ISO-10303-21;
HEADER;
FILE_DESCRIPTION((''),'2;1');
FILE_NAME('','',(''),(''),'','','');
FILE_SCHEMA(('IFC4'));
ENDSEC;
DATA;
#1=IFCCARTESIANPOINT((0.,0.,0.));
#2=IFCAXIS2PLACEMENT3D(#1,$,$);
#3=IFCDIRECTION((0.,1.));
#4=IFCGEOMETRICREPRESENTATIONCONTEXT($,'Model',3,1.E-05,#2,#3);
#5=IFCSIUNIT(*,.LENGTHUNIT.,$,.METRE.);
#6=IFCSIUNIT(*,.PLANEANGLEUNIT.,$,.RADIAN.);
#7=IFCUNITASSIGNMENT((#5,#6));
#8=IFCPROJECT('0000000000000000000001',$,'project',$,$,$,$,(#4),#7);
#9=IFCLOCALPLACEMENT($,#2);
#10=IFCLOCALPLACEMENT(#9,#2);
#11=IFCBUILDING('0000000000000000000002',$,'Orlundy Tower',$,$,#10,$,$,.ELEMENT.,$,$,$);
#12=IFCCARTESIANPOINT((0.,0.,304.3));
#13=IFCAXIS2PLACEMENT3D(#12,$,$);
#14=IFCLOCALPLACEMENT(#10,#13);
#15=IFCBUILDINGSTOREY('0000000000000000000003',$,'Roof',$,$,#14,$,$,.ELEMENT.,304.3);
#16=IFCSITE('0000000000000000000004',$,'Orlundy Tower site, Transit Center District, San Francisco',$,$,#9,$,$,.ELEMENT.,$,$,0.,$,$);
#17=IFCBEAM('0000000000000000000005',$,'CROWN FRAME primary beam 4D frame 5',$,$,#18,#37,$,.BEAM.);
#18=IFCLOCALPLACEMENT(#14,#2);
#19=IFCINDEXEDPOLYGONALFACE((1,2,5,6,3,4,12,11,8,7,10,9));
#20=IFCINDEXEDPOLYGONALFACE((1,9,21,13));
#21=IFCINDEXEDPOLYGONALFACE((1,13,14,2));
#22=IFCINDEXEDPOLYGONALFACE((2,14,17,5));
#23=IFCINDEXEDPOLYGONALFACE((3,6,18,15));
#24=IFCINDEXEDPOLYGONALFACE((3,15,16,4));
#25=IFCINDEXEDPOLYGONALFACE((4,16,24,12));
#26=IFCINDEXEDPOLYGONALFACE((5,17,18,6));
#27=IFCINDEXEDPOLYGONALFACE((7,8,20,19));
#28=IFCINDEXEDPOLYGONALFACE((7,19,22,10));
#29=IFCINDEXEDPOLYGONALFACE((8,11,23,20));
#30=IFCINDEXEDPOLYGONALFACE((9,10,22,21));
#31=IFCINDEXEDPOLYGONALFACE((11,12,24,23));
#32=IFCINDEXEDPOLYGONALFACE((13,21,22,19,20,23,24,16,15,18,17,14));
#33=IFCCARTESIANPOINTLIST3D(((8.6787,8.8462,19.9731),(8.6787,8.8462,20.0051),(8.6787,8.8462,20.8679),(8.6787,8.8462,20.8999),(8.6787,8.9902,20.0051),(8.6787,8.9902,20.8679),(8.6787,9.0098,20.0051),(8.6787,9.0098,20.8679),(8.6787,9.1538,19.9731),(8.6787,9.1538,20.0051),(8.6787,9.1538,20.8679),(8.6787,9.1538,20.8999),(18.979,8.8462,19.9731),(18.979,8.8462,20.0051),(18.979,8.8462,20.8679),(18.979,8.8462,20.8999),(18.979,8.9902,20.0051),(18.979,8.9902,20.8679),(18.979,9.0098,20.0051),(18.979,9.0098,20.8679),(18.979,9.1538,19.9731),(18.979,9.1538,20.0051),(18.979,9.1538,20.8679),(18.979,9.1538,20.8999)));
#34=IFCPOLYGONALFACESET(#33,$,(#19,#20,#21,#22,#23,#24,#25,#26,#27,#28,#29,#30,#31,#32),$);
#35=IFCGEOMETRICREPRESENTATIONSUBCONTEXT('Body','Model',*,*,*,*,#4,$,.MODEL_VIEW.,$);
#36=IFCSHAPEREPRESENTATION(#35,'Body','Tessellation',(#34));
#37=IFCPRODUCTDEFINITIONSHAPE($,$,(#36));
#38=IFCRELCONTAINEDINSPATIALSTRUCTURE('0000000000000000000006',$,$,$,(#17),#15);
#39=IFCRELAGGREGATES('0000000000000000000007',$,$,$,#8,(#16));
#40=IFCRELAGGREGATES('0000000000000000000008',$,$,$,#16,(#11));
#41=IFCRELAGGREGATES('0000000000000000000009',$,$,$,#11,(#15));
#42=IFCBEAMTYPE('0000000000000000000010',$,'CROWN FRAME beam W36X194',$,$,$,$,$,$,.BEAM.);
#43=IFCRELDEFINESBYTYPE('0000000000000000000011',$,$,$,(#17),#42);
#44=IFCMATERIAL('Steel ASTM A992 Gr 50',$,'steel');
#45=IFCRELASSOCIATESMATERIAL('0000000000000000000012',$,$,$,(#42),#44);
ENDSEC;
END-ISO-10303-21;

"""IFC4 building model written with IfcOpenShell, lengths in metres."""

from ifc_helpers import new_model, si_unit, direction, frame, origin, origin_2d, place, context, subcontext, project, spatial, i_section, extrude, material, material_profile, profile_set, type_object, element, save


model = new_model("IFC4")

# Units and contexts
model_context = context("Model", 3, precision=1e-05, world=origin(), true_north=direction((0.0, 1.0)))
body_context = subcontext(model_context, "Body", "Model", "MODEL_VIEW")
ifc_project = project(units=[si_unit("LENGTHUNIT", "METRE"), si_unit("PLANEANGLEUNIT", "RADIAN")], contexts=[model_context])

# Site, building, storey
site_placement = place(None, origin())
site = spatial("IfcSite", under=ifc_project, at=site_placement, Name="Orlundy Tower site, Transit Center District, San Francisco", CompositionType="ELEMENT", RefElevation=0.0)
building_placement = place(site_placement, origin())
building = spatial("IfcBuilding", under=site, at=building_placement, Name="Orlundy Tower", CompositionType="ELEMENT")
storey_placement = place(building_placement, frame((0.0, 0.0, 304.3)))
storey = spatial("IfcBuildingStorey", under=building, at=storey_placement, Name="Roof", CompositionType="ELEMENT", Elevation=304.3)

# Beam
ifc_material_1 = material(Name="Steel ASTM A992 Gr 50", Category="steel")
ifc_material_profile_1 = material_profile(ifc_material_1, i_section(OverallWidth=0.3076, OverallDepth=0.9268, WebThickness=0.0195, FlangeThickness=0.032, at=origin_2d()), Name="W36X194")
ifc_profile_set_1 = profile_set([ifc_material_profile_1], Name="Steel ASTM A992 Gr 50")
beam_type_1 = type_object("IfcBeamType", Name="CROWN FRAME beam W36X194", PredefinedType="BEAM", material=ifc_profile_set_1)
beam_1_placement = place(storey_placement, frame((8.6787, 9.0, 20.4365), z_axis=(1.0, 0.0, 0.0), x_axis=(0.0, 1.0, 0.0)))
element("IfcBeam", 1, at=beam_1_placement, inside=storey, type_object=beam_type_1, Name="CROWN FRAME primary beam 4D frame 5", PredefinedType="BEAM", context=body_context, shape_type="SweptSolid", body=[
    extrude(i_section(OverallWidth=0.3076, OverallDepth=0.9268, WebThickness=0.0195, FlangeThickness=0.032, at=origin_2d()), origin(), (0.0, 0.0, 1.0), 10.3003),
])

save(model, "model.ifc")
